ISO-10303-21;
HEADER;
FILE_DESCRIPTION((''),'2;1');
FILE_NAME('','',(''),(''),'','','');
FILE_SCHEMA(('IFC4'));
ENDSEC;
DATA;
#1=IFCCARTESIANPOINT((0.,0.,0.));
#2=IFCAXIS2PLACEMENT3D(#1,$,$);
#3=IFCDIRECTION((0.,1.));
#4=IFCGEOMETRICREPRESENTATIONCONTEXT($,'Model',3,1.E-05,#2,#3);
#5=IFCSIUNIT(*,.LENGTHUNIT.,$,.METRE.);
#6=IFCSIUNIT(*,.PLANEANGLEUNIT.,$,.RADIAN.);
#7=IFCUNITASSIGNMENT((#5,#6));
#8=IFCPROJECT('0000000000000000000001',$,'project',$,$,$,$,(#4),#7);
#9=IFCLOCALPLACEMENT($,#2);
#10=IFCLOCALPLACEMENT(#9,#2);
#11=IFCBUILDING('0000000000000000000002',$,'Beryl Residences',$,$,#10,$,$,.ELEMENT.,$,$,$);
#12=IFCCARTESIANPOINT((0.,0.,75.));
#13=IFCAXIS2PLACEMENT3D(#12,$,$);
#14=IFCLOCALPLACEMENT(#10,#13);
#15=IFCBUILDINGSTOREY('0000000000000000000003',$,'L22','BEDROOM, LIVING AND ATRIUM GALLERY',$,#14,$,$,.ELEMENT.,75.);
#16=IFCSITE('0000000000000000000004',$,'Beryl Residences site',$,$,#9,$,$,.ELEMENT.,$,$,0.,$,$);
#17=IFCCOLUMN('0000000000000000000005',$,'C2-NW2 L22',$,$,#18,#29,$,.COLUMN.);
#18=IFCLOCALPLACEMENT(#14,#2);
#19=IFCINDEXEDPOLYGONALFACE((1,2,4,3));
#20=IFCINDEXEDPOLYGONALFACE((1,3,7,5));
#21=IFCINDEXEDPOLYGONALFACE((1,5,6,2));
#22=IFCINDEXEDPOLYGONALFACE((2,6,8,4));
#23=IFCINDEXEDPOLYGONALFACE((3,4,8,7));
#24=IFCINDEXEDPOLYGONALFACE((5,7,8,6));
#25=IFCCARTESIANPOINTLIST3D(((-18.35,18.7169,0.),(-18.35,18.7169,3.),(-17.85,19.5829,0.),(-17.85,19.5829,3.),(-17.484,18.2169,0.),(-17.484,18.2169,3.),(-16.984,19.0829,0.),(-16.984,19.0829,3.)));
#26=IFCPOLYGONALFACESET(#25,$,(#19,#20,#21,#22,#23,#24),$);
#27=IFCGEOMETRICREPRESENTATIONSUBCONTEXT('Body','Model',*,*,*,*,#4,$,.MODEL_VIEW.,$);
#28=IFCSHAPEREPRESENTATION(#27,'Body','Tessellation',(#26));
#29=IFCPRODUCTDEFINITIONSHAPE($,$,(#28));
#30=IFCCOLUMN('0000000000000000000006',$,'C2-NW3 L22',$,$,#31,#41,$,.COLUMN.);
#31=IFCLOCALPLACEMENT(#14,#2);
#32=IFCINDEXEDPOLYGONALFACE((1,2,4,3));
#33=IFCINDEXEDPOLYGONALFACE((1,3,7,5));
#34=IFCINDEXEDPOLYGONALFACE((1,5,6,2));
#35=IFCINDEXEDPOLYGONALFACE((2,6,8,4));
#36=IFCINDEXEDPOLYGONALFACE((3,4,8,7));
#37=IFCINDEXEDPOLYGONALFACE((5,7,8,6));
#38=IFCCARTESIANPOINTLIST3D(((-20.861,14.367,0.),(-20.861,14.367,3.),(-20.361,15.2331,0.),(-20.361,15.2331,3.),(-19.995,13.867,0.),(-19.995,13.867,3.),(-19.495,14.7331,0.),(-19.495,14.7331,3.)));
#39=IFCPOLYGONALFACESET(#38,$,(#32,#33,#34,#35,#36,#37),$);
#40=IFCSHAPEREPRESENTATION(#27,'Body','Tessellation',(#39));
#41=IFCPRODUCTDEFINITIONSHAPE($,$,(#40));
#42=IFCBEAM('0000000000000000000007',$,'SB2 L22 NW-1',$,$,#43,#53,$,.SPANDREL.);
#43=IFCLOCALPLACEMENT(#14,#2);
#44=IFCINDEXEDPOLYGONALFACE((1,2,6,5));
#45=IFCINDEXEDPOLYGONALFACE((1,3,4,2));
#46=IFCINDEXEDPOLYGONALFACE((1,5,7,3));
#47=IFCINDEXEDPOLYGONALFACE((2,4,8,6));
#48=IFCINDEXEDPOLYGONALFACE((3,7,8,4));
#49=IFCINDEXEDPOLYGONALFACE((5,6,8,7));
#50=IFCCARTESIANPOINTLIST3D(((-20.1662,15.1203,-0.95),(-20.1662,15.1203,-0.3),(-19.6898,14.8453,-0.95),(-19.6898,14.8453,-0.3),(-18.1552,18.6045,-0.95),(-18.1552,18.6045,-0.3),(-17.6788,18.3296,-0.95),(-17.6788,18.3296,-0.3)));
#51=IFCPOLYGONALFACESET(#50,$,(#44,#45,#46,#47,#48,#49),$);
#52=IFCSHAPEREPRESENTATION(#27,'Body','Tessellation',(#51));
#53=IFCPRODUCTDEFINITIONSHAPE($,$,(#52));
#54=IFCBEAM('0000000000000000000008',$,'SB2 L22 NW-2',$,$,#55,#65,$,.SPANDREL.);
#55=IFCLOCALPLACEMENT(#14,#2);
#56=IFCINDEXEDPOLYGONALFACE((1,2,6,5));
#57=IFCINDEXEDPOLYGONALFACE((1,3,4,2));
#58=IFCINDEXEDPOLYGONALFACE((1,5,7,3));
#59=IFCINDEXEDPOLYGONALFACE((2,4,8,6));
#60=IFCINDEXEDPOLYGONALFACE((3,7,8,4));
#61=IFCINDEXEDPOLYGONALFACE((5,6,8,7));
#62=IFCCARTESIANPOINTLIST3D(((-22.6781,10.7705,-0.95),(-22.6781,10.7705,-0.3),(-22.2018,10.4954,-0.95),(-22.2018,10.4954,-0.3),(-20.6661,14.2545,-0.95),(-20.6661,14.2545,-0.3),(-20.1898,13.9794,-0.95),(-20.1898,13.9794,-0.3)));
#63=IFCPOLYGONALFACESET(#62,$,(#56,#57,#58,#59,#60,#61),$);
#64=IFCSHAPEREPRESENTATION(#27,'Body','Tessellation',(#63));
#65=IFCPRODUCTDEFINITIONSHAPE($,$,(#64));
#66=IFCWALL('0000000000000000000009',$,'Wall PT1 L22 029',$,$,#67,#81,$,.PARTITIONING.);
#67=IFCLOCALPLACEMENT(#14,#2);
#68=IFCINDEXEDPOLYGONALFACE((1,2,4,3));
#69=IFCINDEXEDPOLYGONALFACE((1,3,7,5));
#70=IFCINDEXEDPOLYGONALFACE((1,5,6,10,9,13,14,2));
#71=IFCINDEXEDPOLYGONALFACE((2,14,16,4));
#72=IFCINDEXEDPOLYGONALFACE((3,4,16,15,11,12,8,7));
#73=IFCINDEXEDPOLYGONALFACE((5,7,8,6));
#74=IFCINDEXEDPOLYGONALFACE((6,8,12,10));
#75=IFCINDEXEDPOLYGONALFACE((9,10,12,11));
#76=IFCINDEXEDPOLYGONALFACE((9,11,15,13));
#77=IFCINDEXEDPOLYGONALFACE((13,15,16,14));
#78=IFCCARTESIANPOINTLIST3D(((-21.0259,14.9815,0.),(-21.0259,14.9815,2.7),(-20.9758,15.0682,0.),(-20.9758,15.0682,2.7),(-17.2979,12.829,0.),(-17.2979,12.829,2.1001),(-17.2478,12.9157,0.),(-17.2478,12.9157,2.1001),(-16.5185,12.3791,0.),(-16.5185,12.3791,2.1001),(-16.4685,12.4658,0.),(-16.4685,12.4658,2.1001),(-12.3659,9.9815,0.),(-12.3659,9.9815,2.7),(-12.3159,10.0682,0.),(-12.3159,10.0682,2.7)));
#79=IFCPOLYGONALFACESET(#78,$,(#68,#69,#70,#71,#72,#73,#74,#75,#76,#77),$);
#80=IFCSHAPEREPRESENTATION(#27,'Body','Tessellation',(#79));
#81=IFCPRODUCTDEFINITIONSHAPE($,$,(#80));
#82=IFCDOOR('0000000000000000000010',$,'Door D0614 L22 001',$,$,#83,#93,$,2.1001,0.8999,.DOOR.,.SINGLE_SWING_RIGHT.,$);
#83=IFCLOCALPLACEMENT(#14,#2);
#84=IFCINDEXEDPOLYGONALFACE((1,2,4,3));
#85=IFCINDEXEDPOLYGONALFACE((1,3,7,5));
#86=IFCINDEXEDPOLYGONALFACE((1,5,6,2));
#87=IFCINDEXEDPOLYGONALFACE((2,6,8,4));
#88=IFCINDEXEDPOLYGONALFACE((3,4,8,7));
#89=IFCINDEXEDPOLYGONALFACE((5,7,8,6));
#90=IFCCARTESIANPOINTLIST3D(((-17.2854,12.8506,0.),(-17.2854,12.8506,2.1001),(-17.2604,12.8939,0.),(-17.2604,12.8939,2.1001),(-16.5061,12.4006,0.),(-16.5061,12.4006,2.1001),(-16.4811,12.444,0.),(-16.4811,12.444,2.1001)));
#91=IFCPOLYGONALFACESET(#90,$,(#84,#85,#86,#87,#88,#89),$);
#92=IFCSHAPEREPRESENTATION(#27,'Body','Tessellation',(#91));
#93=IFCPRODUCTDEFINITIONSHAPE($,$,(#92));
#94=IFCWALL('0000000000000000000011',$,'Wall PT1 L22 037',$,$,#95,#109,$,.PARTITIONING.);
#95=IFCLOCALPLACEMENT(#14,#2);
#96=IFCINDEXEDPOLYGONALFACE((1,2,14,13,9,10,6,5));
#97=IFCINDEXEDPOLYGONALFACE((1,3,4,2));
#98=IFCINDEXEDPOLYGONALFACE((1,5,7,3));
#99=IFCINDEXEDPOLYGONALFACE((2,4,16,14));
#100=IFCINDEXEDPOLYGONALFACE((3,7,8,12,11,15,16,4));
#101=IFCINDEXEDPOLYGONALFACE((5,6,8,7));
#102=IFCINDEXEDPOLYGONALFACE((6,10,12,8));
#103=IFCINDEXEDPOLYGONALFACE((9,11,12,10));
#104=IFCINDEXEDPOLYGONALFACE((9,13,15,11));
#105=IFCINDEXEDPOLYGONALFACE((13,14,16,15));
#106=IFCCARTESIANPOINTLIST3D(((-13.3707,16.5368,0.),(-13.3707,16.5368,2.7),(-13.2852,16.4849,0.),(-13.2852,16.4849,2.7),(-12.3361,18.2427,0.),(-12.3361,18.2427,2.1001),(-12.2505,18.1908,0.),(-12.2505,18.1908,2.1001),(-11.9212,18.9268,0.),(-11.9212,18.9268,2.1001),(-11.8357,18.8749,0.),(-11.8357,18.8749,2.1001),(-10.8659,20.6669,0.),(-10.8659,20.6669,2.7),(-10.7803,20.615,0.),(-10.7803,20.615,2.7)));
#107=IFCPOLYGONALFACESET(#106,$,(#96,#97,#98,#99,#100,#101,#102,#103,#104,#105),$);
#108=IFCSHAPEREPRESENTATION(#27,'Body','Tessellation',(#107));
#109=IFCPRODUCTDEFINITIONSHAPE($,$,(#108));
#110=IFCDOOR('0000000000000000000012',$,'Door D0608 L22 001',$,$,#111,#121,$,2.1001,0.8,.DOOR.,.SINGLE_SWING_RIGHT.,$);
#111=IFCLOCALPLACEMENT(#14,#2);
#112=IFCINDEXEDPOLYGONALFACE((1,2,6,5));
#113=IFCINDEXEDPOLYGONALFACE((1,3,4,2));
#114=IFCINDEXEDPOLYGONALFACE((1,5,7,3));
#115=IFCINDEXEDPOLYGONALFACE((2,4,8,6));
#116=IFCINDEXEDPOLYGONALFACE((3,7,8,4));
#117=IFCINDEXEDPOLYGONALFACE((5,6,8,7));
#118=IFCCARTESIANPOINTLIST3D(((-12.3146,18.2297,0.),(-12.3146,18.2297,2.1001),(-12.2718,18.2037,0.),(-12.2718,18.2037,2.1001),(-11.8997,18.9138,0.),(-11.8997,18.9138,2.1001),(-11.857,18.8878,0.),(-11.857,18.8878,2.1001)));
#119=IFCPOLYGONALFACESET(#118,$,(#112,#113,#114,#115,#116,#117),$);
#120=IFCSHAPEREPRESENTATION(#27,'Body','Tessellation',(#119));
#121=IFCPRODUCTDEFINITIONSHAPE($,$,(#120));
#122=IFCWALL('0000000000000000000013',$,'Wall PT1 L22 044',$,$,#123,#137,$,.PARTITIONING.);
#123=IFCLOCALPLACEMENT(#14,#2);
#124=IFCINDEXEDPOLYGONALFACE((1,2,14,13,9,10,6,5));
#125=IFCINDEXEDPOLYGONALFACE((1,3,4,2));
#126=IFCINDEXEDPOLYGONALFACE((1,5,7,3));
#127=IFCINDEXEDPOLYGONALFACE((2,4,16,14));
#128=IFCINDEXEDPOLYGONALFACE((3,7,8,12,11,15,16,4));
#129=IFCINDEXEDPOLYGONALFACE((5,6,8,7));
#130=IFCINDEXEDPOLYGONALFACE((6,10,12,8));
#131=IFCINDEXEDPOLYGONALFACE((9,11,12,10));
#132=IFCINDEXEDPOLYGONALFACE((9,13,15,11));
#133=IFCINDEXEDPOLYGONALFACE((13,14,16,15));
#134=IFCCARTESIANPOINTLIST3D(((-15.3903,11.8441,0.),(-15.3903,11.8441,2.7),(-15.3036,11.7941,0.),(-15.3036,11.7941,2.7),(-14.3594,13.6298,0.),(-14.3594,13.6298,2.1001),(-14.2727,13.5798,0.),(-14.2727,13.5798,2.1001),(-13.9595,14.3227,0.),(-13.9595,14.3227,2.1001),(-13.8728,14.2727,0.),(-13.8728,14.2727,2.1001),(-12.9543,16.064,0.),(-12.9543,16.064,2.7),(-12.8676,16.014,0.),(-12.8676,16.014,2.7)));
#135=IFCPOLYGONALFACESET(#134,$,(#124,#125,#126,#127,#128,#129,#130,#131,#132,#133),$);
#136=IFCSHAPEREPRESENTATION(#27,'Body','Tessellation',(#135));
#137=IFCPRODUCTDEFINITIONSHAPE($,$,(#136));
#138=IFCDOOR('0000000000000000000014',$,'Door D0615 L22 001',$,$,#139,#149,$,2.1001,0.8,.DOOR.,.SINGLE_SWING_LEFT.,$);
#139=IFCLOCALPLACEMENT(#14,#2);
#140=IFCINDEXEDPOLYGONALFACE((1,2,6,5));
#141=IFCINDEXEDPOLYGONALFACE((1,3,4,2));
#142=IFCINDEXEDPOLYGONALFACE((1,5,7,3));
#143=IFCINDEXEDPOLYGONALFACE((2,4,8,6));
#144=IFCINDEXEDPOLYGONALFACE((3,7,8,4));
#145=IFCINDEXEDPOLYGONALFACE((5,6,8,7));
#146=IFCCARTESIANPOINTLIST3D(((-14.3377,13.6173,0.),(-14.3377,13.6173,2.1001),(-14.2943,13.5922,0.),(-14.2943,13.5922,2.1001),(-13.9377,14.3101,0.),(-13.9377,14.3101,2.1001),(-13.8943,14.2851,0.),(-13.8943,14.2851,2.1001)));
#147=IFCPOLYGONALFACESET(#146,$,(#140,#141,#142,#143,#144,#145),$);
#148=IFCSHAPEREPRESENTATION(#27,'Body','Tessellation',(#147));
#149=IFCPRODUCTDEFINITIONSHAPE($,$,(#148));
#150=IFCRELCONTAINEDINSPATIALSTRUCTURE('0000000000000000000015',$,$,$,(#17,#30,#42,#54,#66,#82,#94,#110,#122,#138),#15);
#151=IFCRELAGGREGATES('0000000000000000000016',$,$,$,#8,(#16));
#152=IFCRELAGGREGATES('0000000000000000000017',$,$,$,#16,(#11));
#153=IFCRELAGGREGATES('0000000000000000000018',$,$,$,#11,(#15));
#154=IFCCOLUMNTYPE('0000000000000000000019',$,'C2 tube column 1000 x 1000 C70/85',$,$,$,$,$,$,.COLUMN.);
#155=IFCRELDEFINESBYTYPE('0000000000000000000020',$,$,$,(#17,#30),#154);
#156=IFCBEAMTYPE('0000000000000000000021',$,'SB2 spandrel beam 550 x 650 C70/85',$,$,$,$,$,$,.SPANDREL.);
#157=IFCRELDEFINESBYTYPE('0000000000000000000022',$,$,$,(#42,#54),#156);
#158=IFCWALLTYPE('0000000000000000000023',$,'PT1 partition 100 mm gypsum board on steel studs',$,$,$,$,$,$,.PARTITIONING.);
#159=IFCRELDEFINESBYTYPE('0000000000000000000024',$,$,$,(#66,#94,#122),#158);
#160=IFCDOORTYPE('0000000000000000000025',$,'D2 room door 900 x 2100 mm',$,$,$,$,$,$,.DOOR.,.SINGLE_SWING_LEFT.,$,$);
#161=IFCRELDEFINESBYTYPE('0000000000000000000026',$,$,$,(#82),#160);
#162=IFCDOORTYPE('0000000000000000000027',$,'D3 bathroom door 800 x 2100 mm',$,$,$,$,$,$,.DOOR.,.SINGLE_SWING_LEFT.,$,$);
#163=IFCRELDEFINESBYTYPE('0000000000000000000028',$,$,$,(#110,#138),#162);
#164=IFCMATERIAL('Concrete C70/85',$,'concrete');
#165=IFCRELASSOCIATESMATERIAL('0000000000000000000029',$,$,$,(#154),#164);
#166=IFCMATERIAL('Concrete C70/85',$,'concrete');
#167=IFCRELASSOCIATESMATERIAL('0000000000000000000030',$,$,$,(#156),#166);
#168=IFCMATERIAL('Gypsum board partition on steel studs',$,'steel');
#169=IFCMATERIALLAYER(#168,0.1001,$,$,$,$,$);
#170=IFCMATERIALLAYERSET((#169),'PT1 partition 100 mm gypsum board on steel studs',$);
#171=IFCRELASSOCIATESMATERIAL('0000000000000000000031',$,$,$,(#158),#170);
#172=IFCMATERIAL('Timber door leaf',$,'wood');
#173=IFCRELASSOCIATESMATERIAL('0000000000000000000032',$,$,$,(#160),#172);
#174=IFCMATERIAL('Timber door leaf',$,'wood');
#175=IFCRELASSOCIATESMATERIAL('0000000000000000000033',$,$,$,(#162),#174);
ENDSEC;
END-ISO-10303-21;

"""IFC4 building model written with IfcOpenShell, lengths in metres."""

from ifc_helpers import new_model, si_unit, direction, frame, frame_2d, origin, origin_2d, place, context, subcontext, project, spatial, rectangle, extrude, material, layer, layer_set, material_profile, profile_set, type_object, element, fill, save


model = new_model("IFC4")

# Units and contexts
model_context = context("Model", 3, precision=1e-05, world=origin(), true_north=direction((0.0, 1.0)))
body_context = subcontext(model_context, "Body", "Model", "MODEL_VIEW")
ifc_project = project(units=[si_unit("LENGTHUNIT", "METRE"), si_unit("PLANEANGLEUNIT", "RADIAN")], contexts=[model_context])

# Site, building, storey
site_placement = place(None, origin())
site = spatial("IfcSite", under=ifc_project, at=site_placement, Name="Beryl Residences site", CompositionType="ELEMENT", RefElevation=0.0)
building_placement = place(site_placement, origin())
building = spatial("IfcBuilding", under=site, at=building_placement, Name="Beryl Residences", CompositionType="ELEMENT")
storey_placement = place(building_placement, frame((0.0, 0.0, 75.0)))
storey = spatial("IfcBuildingStorey", under=building, at=storey_placement, Name="L22", Description="BEDROOM, LIVING AND ATRIUM GALLERY", CompositionType="ELEMENT", Elevation=75.0)

# Columns
ifc_material_1 = material(Name="Concrete C70/85", Category="concrete")
ifc_material_profile_1 = material_profile(ifc_material_1, rectangle(XDim=1.0, YDim=1.0, at=origin_2d()))
ifc_profile_set_1 = profile_set([ifc_material_profile_1], Name="Concrete C70/85")
column_type = type_object("IfcColumnType", Name="C2 tube column 1000 x 1000 C70/85", PredefinedType="COLUMN", material=ifc_profile_set_1)
for number, where, z_axis, x_axis, name in (
    (1, (-17.667, 18.8999, 0.0), (0.0, 0.0, 1.0), (-0.5, -0.866025, 0.0), "C2-NW2 L22"),
    (2, (-20.178, 14.55, 0.0), (0.0, 0.0, 1.0), (-0.5, -0.866025, 0.0), "C2-NW3 L22"),
):
    element("IfcColumn", number, at=place(storey_placement, frame(where, z_axis=z_axis, x_axis=x_axis)), inside=storey, type_object=column_type, Name=name, PredefinedType="COLUMN", context=body_context, shape_type="SweptSolid", body=[
        extrude(rectangle(XDim=1.0, YDim=1.0, at=origin_2d()), origin(), (0.0, 0.0, 1.0), 3.0),
    ])

# Beams
ifc_material_2 = material(Name="Concrete C70/85", Category="concrete")
ifc_material_profile_2 = material_profile(ifc_material_2, rectangle(XDim=0.55, YDim=0.6499, at=origin_2d()))
ifc_profile_set_2 = profile_set([ifc_material_profile_2], Name="Concrete C70/85")
beam_type = type_object("IfcBeamType", Name="SB2 spandrel beam 550 x 650 C70/85", PredefinedType="SPANDREL", material=ifc_profile_set_2)
beam_1_placement = place(storey_placement, frame((-17.917, 18.467, -0.625), z_axis=(-0.499892, -0.866088, 0.0), x_axis=(0.866088, -0.499892, 0.0)))
element("IfcBeam", 3, at=beam_1_placement, inside=storey, type_object=beam_type, Name="SB2 L22 NW-1", PredefinedType="SPANDREL", context=body_context, shape_type="SweptSolid", body=[
    extrude(rectangle(XDim=0.55, YDim=0.6499, at=origin_2d()), origin(), (0.0, 0.0, 1.0), 4.0229),
])
beam_2_placement = place(storey_placement, frame((-20.428, 14.1169, -0.625), z_axis=(-0.500101, -0.865967, 0.0), x_axis=(0.865967, -0.500101, 0.0)))
element("IfcBeam", 4, at=beam_2_placement, inside=storey, type_object=beam_type, Name="SB2 L22 NW-2", PredefinedType="SPANDREL", context=body_context, shape_type="SweptSolid", body=[
    extrude(rectangle(XDim=0.55, YDim=0.6499, at=origin_2d()), origin(), (0.0, 0.0, 1.0), 4.0232),
])

# Walls, openings, doors
ifc_material_3 = material(Name="Gypsum board partition on steel studs", Category="steel")
ifc_layer = layer(ifc_material_3, 0.1001)
ifc_layer_set = layer_set([ifc_layer], Name="PT1 partition 100 mm gypsum board on steel studs")
wall_type = type_object("IfcWallType", Name="PT1 partition 100 mm gypsum board on steel studs", PredefinedType="PARTITIONING", material=ifc_layer_set)
wall_1_placement = place(storey_placement, frame((-21.001, 15.0249, 0.0), z_axis=(0.0, 0.0, 1.0), x_axis=(0.866017, -0.500015, 0.0)))
wall_1 = element("IfcWall", 5, at=wall_1_placement, inside=storey, type_object=wall_type, Name="Wall PT1 L22 029", PredefinedType="PARTITIONING", context=body_context, shape_type="SweptSolid", body=[
    extrude(rectangle(XDim=9.9998, YDim=0.1001, at=frame_2d((5.0, 0.0))), origin(), (0.0, 0.0, 1.0), 2.7),
])
opening_1_placement = place(wall_1_placement, frame((4.3049, 0.0, 0.0)))
opening_1 = element("IfcOpeningElement", 6, at=opening_1_placement, cuts=wall_1, PredefinedType="OPENING", context=body_context, shape_type="SweptSolid", body=[
    extrude(rectangle(XDim=0.8999, YDim=2.1001, at=frame_2d((0.45, 1.05))), frame((0.0, 0.0601, 0.0), z_axis=(0.0, -1.0, 0.0), x_axis=(1.0, 0.0, 0.0)), (0.0, 0.0, 1.0), 0.1201),
])
ifc_material_4 = material(Name="Timber door leaf", Category="wood")
door_type_1 = type_object("IfcDoorType", Name="D2 room door 900 x 2100 mm", OperationType="SINGLE_SWING_LEFT", PredefinedType="DOOR", material=ifc_material_4)
door_1_placement = place(opening_1_placement, origin())
door_1 = element("IfcDoor", 7, at=door_1_placement, inside=storey, type_object=door_type_1, Name="Door D0614 L22 001", OperationType="SINGLE_SWING_RIGHT", OverallHeight=2.1001, OverallWidth=0.8999, PredefinedType="DOOR", context=body_context, shape_type="SweptSolid", body=[
    extrude(rectangle(XDim=0.8999, YDim=2.1001, at=frame_2d((0.45, 1.05))), frame((0.0, 0.0249, 0.0), z_axis=(0.0, -1.0, 0.0), x_axis=(1.0, 0.0, 0.0)), (0.0, 0.0, 1.0), 0.05),
])
fill(opening_1, door_1)
wall_2_placement = place(storey_placement, frame((-13.3279, 16.511, 0.0), z_axis=(0.0, 0.0, 1.0), x_axis=(0.518571, 0.855035, 0.0)))
wall_2 = element("IfcWall", 8, at=wall_2_placement, inside=storey, type_object=wall_type, Name="Wall PT1 L22 037", PredefinedType="PARTITIONING", context=body_context, shape_type="SweptSolid", body=[
    extrude(rectangle(XDim=4.8303, YDim=0.1001, at=frame_2d((2.415, 0.0))), origin(), (0.0, 0.0, 1.0), 2.7),
])
opening_2_placement = place(wall_2_placement, frame((1.9951, 0.0, 0.0)))
opening_2 = element("IfcOpeningElement", 9, at=opening_2_placement, cuts=wall_2, PredefinedType="OPENING", context=body_context, shape_type="SweptSolid", body=[
    extrude(rectangle(XDim=0.8, YDim=2.1001, at=frame_2d((0.3999, 1.05))), frame((0.0, 0.0601, 0.0), z_axis=(0.0, -1.0, 0.0), x_axis=(1.0, 0.0, 0.0)), (0.0, 0.0, 1.0), 0.1201),
])
ifc_material_5 = material(Name="Timber door leaf", Category="wood")
door_type_2 = type_object("IfcDoorType", Name="D3 bathroom door 800 x 2100 mm", OperationType="SINGLE_SWING_LEFT", PredefinedType="DOOR", material=ifc_material_5)
door_2_placement = place(opening_2_placement, origin())
door_2 = element("IfcDoor", 10, at=door_2_placement, inside=storey, type_object=door_type_2, Name="Door D0608 L22 001", OperationType="SINGLE_SWING_RIGHT", OverallHeight=2.1001, OverallWidth=0.8, PredefinedType="DOOR", context=body_context, shape_type="SweptSolid", body=[
    extrude(rectangle(XDim=0.8, YDim=2.1001, at=frame_2d((0.3999, 1.05))), frame((0.0, 0.0249, 0.0), z_axis=(0.0, -1.0, 0.0), x_axis=(1.0, 0.0, 0.0)), (0.0, 0.0, 1.0), 0.05),
])
fill(opening_2, door_2)
wall_3_placement = place(storey_placement, frame((-15.3469, 11.8191, 0.0), z_axis=(0.0, 0.0, 1.0), x_axis=(0.499944, 0.866058, 0.0)))
wall_3 = element("IfcWall", 11, at=wall_3_placement, inside=storey, type_object=wall_type, Name="Wall PT1 L22 044", PredefinedType="PARTITIONING", context=body_context, shape_type="SweptSolid", body=[
    extrude(rectangle(XDim=4.8726, YDim=0.1001, at=frame_2d((2.4363, 0.0))), origin(), (0.0, 0.0, 1.0), 2.7),
])
opening_3_placement = place(wall_3_placement, frame((2.062, 0.0, 0.0)))
opening_3 = element("IfcOpeningElement", 12, at=opening_3_placement, cuts=wall_3, PredefinedType="OPENING", context=body_context, shape_type="SweptSolid", body=[
    extrude(rectangle(XDim=0.8, YDim=2.1001, at=frame_2d((0.3999, 1.05))), frame((0.0, 0.0601, 0.0), z_axis=(0.0, -1.0, 0.0), x_axis=(1.0, 0.0, 0.0)), (0.0, 0.0, 1.0), 0.1201),
])
door_3_placement = place(opening_3_placement, origin())
door_3 = element("IfcDoor", 13, at=door_3_placement, inside=storey, type_object=door_type_2, Name="Door D0615 L22 001", OperationType="SINGLE_SWING_LEFT", OverallHeight=2.1001, OverallWidth=0.8, PredefinedType="DOOR", context=body_context, shape_type="SweptSolid", body=[
    extrude(rectangle(XDim=0.8, YDim=2.1001, at=frame_2d((0.3999, 1.05))), frame((0.0, 0.0249, 0.0), z_axis=(0.0, -1.0, 0.0), x_axis=(1.0, 0.0, 0.0)), (0.0, 0.0, 1.0), 0.05),
])
fill(opening_3, door_3)

save(model, "model.ifc")
